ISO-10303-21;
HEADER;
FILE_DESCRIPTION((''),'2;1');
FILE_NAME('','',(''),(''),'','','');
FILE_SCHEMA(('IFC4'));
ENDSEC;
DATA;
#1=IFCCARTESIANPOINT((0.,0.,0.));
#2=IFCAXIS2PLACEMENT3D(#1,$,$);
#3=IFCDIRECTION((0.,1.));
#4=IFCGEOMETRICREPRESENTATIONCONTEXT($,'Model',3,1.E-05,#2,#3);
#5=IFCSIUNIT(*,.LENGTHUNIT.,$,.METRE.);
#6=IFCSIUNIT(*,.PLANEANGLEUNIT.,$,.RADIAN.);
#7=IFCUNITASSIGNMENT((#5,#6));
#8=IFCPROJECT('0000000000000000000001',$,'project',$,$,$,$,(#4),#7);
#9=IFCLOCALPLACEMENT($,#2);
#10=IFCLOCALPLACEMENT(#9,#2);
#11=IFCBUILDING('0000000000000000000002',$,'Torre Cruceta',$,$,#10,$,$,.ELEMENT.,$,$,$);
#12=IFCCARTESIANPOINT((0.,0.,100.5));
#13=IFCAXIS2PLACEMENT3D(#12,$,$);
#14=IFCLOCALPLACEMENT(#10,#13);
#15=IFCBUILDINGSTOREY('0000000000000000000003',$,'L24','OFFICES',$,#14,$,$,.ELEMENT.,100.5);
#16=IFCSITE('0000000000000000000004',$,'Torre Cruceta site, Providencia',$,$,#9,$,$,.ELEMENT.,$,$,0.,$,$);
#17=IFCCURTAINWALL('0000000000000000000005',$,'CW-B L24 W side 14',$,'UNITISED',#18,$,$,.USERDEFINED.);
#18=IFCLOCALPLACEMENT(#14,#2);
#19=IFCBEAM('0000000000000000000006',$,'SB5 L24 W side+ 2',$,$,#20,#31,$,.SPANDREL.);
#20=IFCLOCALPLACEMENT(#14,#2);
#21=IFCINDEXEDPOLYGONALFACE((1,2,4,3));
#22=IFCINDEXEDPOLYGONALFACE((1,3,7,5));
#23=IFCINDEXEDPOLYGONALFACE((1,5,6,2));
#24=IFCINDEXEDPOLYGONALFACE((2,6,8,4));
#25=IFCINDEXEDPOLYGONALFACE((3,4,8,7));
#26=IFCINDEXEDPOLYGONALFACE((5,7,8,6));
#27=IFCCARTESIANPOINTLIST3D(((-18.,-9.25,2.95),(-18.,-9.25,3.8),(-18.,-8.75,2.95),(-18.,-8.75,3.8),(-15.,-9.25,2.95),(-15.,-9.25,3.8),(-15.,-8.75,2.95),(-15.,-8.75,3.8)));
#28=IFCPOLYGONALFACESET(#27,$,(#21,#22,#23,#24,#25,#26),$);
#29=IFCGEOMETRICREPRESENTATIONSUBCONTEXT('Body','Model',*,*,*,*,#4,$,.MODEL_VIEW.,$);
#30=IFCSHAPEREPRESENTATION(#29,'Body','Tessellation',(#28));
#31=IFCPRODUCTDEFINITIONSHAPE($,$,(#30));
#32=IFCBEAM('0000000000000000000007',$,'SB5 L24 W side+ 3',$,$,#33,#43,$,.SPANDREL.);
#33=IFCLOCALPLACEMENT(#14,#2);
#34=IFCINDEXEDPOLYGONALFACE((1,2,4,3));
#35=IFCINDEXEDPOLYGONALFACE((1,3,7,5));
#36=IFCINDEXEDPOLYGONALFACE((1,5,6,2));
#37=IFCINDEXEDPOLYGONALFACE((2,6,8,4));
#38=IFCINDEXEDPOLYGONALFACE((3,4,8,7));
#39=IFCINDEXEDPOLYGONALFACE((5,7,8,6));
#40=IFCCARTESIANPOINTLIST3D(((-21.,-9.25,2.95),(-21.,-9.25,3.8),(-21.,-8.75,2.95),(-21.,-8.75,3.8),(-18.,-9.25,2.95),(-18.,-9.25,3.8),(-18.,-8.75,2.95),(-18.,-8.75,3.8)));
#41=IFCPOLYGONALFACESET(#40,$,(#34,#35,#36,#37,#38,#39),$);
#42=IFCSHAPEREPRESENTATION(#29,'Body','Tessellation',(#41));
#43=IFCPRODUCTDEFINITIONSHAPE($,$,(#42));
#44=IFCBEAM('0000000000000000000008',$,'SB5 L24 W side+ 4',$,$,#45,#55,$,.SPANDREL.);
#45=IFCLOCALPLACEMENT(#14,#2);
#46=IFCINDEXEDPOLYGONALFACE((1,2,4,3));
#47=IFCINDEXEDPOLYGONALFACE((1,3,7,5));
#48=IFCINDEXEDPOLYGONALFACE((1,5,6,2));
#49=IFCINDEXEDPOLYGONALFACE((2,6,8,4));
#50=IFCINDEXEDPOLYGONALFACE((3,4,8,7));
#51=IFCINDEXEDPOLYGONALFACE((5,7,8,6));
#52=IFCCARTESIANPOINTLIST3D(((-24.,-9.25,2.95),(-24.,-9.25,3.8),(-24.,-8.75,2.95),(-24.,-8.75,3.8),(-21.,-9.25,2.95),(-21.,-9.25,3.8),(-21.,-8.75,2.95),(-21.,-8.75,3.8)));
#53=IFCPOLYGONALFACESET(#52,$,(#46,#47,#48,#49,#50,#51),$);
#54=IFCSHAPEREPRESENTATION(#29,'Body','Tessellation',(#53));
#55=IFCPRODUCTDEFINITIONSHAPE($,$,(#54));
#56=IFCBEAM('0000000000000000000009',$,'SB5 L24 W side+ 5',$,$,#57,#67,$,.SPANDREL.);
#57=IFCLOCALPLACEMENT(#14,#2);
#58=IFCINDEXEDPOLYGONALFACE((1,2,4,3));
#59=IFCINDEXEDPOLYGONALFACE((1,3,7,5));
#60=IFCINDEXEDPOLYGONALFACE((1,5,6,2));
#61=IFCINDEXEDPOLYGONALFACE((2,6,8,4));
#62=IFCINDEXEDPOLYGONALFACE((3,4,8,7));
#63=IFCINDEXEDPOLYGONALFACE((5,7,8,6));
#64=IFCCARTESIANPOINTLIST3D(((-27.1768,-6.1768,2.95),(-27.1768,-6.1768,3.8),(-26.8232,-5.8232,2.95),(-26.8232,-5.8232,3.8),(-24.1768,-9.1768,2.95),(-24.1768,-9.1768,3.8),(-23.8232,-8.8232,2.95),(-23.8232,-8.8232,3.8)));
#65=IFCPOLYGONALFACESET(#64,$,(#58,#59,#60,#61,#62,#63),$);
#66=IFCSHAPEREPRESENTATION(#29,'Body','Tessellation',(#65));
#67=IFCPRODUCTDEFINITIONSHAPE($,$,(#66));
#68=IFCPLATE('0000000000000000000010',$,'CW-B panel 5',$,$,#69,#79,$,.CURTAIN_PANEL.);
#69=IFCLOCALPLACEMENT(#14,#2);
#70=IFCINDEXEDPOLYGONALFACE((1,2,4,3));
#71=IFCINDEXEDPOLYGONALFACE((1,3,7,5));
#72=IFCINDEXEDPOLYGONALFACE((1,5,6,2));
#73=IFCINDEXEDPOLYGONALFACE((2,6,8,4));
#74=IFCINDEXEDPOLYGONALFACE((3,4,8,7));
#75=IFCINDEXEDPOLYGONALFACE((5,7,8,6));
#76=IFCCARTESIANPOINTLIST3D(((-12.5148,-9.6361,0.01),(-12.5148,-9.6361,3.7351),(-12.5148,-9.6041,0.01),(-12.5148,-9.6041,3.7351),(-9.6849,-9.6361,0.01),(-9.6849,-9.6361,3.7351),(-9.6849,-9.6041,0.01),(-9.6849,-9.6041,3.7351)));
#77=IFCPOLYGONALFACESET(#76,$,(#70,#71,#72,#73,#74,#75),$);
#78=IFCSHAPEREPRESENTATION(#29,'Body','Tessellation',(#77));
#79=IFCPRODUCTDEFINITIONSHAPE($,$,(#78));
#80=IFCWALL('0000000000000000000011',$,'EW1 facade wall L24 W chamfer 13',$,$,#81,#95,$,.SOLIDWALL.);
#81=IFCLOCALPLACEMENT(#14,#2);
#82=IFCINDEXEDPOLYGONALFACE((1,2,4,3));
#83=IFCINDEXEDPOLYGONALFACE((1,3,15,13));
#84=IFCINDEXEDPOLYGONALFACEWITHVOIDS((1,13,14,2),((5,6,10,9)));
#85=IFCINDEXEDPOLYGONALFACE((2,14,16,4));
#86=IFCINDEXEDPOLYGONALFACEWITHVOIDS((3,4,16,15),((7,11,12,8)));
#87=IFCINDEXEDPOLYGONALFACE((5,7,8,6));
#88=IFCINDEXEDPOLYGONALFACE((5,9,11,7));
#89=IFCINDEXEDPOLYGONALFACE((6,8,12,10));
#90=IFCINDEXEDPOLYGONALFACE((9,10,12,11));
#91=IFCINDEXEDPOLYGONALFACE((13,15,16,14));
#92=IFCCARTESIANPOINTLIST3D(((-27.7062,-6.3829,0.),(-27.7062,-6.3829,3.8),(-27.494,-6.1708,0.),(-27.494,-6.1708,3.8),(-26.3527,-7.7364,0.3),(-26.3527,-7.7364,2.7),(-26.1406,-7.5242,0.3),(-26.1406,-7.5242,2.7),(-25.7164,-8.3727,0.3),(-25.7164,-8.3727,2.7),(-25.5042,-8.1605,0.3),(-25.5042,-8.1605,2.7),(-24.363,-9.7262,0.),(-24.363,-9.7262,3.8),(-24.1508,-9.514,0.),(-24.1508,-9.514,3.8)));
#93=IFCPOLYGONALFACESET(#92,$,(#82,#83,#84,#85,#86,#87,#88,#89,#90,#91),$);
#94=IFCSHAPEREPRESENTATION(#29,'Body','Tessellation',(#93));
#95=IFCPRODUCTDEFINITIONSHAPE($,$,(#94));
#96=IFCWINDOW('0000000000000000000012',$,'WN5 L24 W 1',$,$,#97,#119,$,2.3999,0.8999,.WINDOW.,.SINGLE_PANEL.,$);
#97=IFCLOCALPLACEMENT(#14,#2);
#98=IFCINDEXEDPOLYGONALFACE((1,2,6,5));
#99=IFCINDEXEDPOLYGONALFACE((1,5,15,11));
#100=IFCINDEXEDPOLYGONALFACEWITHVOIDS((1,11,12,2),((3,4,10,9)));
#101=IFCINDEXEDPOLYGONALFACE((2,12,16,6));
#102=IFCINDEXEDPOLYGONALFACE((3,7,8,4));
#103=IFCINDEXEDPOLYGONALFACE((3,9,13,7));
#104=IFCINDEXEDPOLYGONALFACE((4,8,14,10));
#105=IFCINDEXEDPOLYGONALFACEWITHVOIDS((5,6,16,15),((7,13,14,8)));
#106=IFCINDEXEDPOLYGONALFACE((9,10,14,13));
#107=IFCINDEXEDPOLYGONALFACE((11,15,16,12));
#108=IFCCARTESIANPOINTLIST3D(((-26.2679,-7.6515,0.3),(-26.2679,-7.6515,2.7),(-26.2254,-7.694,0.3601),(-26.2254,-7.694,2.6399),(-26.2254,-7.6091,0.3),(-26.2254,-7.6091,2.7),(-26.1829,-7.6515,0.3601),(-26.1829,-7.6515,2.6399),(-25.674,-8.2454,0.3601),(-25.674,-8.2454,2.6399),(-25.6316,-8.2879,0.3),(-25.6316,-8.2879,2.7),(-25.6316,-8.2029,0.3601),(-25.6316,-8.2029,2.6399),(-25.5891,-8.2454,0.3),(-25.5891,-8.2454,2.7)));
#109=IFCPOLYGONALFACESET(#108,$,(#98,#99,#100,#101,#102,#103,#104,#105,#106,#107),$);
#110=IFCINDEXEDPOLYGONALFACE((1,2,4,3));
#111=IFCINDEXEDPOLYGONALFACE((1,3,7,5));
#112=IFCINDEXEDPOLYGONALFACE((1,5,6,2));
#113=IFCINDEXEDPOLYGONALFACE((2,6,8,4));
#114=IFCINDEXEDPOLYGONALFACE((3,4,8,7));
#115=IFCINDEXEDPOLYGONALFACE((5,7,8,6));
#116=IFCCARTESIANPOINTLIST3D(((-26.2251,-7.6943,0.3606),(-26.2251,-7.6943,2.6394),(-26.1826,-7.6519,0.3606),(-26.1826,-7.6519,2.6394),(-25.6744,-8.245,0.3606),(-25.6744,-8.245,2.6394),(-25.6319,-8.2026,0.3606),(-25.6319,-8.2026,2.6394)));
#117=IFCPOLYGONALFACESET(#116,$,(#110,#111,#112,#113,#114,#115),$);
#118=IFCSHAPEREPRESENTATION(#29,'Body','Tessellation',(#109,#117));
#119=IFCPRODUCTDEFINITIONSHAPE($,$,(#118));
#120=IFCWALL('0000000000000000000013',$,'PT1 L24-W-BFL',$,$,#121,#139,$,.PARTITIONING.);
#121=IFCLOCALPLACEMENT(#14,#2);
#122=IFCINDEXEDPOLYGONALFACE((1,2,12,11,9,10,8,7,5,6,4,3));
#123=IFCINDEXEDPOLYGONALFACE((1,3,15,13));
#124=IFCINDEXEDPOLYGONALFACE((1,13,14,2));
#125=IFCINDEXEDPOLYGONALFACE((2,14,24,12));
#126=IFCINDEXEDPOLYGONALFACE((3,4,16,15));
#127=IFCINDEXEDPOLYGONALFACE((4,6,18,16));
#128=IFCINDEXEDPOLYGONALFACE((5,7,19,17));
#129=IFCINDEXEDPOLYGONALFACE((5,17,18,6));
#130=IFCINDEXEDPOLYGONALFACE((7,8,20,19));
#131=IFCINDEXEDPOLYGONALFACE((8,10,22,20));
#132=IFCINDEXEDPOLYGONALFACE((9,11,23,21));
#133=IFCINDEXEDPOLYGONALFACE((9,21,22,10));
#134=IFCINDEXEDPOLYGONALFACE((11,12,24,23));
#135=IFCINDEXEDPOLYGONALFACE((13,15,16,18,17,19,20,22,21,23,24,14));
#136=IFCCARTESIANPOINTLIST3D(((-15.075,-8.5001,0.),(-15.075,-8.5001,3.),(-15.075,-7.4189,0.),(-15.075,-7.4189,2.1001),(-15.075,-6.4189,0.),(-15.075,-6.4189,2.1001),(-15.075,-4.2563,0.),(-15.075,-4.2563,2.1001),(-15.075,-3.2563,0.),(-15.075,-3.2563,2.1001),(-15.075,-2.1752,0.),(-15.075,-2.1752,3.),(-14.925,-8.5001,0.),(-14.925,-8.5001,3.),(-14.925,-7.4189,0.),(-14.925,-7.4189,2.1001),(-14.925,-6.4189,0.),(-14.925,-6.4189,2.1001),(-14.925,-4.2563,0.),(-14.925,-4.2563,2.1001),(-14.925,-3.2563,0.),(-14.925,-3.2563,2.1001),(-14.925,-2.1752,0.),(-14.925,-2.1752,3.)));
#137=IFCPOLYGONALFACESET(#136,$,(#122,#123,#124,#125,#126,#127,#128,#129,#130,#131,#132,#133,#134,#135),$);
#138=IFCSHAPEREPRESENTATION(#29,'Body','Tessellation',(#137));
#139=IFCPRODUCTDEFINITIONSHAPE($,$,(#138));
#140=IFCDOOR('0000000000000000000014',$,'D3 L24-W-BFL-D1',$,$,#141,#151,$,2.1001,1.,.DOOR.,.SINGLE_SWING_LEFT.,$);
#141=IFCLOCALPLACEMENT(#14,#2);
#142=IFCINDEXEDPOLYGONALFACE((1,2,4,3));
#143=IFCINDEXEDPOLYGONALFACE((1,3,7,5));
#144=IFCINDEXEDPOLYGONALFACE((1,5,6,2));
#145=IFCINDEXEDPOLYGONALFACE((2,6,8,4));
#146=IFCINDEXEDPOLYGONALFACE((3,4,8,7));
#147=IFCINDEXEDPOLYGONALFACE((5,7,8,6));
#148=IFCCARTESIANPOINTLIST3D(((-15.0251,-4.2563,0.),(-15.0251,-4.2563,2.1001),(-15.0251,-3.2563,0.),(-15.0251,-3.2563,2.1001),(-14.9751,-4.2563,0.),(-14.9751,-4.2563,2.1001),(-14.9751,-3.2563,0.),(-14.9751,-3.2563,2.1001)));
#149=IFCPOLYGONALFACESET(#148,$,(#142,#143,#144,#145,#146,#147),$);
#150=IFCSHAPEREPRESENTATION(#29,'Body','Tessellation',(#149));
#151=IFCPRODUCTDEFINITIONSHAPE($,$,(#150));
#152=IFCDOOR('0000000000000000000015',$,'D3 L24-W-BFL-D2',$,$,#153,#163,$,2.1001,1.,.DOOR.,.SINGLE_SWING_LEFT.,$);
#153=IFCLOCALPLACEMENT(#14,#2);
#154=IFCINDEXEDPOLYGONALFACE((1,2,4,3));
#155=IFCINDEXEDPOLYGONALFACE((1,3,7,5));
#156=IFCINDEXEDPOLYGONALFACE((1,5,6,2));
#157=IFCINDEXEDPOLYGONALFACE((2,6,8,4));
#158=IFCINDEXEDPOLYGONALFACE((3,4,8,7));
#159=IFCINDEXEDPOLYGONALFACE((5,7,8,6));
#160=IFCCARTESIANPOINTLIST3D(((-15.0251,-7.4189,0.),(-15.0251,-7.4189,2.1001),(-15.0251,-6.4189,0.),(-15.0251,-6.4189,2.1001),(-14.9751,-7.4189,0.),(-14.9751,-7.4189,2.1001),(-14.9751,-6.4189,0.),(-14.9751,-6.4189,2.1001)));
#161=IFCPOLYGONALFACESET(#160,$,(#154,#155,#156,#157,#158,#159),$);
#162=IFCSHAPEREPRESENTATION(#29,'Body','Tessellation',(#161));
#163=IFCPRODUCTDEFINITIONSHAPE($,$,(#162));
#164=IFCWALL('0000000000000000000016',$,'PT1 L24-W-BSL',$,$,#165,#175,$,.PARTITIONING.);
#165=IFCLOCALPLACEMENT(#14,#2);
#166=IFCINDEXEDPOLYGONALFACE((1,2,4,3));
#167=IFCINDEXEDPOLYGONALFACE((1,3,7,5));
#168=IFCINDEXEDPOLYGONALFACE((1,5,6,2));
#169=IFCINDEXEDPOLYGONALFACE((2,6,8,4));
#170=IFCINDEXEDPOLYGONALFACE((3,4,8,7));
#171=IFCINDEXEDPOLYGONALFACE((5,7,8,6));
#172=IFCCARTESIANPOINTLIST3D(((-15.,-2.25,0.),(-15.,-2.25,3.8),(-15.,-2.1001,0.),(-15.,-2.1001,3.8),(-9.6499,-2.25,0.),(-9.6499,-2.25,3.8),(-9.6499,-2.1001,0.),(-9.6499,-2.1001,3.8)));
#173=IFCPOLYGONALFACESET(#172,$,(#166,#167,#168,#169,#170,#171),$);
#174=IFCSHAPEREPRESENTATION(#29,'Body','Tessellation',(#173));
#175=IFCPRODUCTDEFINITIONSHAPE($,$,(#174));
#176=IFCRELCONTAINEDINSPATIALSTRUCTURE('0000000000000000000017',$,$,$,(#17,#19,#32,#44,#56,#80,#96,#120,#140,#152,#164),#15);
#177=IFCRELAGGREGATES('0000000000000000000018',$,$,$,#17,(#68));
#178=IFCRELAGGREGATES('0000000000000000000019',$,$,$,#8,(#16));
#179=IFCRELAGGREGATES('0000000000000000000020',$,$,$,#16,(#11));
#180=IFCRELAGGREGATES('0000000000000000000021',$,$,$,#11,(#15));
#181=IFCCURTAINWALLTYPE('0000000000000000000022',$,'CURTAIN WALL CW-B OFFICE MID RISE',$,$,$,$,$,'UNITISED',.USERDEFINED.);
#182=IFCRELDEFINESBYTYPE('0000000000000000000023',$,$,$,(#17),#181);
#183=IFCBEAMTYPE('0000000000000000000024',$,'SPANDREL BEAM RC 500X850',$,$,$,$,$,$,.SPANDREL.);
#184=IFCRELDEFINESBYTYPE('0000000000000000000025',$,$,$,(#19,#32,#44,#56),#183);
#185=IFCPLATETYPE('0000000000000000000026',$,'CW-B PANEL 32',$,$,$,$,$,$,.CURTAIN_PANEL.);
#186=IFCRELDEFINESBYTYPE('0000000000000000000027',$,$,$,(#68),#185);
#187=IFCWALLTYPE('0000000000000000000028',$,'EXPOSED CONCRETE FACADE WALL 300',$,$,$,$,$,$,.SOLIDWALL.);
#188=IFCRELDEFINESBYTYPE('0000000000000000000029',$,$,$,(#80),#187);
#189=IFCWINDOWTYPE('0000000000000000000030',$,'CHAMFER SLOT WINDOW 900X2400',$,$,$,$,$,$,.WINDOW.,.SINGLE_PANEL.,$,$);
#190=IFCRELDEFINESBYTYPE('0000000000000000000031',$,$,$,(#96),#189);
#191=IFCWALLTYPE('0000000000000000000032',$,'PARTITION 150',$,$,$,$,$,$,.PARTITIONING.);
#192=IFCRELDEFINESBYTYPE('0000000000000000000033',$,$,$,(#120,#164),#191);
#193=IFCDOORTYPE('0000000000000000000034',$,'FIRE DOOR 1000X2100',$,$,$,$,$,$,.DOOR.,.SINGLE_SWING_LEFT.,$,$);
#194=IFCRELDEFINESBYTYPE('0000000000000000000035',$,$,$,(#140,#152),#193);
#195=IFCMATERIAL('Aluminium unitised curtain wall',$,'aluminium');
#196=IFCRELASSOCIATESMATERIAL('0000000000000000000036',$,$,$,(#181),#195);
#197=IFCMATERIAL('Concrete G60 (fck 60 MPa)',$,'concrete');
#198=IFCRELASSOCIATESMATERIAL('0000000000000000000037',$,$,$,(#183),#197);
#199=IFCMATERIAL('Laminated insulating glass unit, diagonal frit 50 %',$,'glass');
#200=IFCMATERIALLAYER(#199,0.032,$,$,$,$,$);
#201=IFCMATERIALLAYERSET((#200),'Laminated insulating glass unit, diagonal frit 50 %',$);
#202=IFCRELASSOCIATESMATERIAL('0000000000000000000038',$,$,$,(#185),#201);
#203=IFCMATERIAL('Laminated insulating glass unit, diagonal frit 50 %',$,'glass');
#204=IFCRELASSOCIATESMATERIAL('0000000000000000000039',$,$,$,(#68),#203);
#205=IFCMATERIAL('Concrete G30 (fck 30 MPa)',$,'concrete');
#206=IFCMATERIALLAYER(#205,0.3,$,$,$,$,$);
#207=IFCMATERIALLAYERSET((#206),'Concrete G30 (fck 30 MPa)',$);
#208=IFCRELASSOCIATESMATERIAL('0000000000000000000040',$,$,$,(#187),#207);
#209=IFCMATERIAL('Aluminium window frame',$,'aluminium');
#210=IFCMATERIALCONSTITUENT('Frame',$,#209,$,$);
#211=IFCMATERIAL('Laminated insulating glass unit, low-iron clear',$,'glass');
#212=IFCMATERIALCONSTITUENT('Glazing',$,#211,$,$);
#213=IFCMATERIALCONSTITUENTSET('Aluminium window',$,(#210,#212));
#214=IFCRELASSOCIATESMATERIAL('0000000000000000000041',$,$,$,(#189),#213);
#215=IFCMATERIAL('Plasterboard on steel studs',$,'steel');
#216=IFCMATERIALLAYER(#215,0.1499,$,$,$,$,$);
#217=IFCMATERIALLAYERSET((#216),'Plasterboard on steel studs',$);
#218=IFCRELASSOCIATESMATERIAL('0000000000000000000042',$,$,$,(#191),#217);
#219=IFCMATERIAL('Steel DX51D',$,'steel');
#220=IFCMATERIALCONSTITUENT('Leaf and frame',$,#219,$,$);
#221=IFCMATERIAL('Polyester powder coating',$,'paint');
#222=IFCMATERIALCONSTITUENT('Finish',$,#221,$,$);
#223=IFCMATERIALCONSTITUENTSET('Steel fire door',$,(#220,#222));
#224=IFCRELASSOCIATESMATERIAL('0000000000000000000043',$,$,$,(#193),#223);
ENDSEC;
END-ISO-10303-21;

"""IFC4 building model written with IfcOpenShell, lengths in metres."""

from ifc_helpers import new_model, si_unit, direction, frame, frame_2d, origin, origin_2d, place, context, subcontext, project, spatial, rectangle, hollow_rectangle, extrude, material, layer, layer_set, constituent, constituent_set, material_profile, profile_set, type_object, element, fill, aggregate, save


model = new_model("IFC4")

# Units and contexts
model_context = context("Model", 3, precision=1e-05, world=origin(), true_north=direction((0.0, 1.0)))
body_context = subcontext(model_context, "Body", "Model", "MODEL_VIEW")
ifc_project = project(units=[si_unit("LENGTHUNIT", "METRE"), si_unit("PLANEANGLEUNIT", "RADIAN")], contexts=[model_context])

# Site, building, storey
site_placement = place(None, origin())
site = spatial("IfcSite", under=ifc_project, at=site_placement, Name="Torre Cruceta site, Providencia", CompositionType="ELEMENT", RefElevation=0.0)
building_placement = place(site_placement, origin())
building = spatial("IfcBuilding", under=site, at=building_placement, Name="Torre Cruceta", CompositionType="ELEMENT")
storey_placement = place(building_placement, frame((0.0, 0.0, 100.5)))
storey = spatial("IfcBuildingStorey", under=building, at=storey_placement, Name="L24", Description="OFFICES", CompositionType="ELEMENT", Elevation=100.5)

# Curtain wall
ifc_material_1 = material(Name="Aluminium unitised curtain wall", Category="aluminium")
curtain_wall_type = type_object("IfcCurtainWallType", Name="CURTAIN WALL CW-B OFFICE MID RISE", ElementType="UNITISED", PredefinedType="USERDEFINED", material=ifc_material_1)
curtain_wall_placement = place(storey_placement, origin())
curtain_wall = element("IfcCurtainWall", 1, at=curtain_wall_placement, inside=storey, type_object=curtain_wall_type, Name="CW-B L24 W side 14", ObjectType="UNITISED", PredefinedType="USERDEFINED")

# Beams
ifc_material_2 = material(Name="Concrete G60 (fck 60 MPa)", Category="concrete")
ifc_material_profile_1 = material_profile(ifc_material_2, rectangle(XDim=0.5, YDim=0.8501, at=origin_2d()), Name="RC 500X850")
ifc_profile_set_1 = profile_set([ifc_material_profile_1], Name="Concrete G60 (fck 60 MPa)")
beam_type_1 = type_object("IfcBeamType", Name="SPANDREL BEAM RC 500X850", PredefinedType="SPANDREL", material=ifc_profile_set_1)
for number, where, z_axis, x_axis, name in (
    (2, (-15.0, -9.0, 3.375), (-1.0, 0.0, 0.0), (0.0, -1.0, 0.0), "SB5 L24 W side+ 2"),
    (3, (-18.0, -9.0, 3.375), (-1.0, 0.0, 0.0), (0.0, -1.0, 0.0), "SB5 L24 W side+ 3"),
    (4, (-21.0, -9.0, 3.375), (-1.0, 0.0, 0.0), (0.0, -1.0, 0.0), "SB5 L24 W side+ 4"),
):
    element("IfcBeam", number, at=place(storey_placement, frame(where, z_axis=z_axis, x_axis=x_axis)), inside=storey, type_object=beam_type_1, Name=name, PredefinedType="SPANDREL", context=body_context, shape_type="SweptSolid", body=[
        extrude(rectangle(XDim=0.5, YDim=0.8501, at=origin_2d()), origin(), (0.0, 0.0, 1.0), 3.0),
    ])
beam_1_placement = place(storey_placement, frame((-24.0, -9.0, 3.375), z_axis=(-0.707107, 0.707107, 0.0), x_axis=(-0.707107, -0.707107, 0.0)))
element("IfcBeam", 5, at=beam_1_placement, inside=storey, type_object=beam_type_1, Name="SB5 L24 W side+ 5", PredefinedType="SPANDREL", context=body_context, shape_type="SweptSolid", body=[
    extrude(rectangle(XDim=0.5, YDim=0.8501, at=origin_2d()), origin(), (0.0, 0.0, 1.0), 4.2427),
])

# Plate
ifc_material_3 = material(Name="Laminated insulating glass unit, diagonal frit 50 %", Category="glass")
ifc_material_4 = material(Name="Laminated insulating glass unit, diagonal frit 50 %", Category="glass")
ifc_layer_1 = layer(ifc_material_4, 0.032)
ifc_layer_set_1 = layer_set([ifc_layer_1], Name="Laminated insulating glass unit, diagonal frit 50 %")
plate_type = type_object("IfcPlateType", Name="CW-B PANEL 32", PredefinedType="CURTAIN_PANEL", material=ifc_layer_set_1)
plate_placement = place(storey_placement, frame((-11.0999, -9.6201, 0.01), z_axis=(0.0, 0.0, 1.0), x_axis=(1.0, 0.0, 0.0)))
plate = element("IfcPlate", 6, at=plate_placement, type_object=plate_type, material=ifc_material_3, Name="CW-B panel 5", PredefinedType="CURTAIN_PANEL", context=body_context, shape_type="SweptSolid", body=[
    extrude(rectangle(XDim=2.8298, YDim=0.032, at=origin_2d()), origin(), (0.0, 0.0, 1.0), 3.7251),
])
aggregate(curtain_wall, [plate])

# Wall, opening, window
ifc_material_5 = material(Name="Concrete G30 (fck 30 MPa)", Category="concrete")
ifc_layer_2 = layer(ifc_material_5, 0.3)
ifc_layer_set_2 = layer_set([ifc_layer_2], Name="Concrete G30 (fck 30 MPa)")
wall_type_1 = type_object("IfcWallType", Name="EXPOSED CONCRETE FACADE WALL 300", PredefinedType="SOLIDWALL", material=ifc_layer_set_2)
wall_1_placement = place(storey_placement, frame((-27.6001, -6.2769, 0.0), z_axis=(0.0, 0.0, 1.0), x_axis=(0.707107, -0.707107, 0.0)))
wall_1 = element("IfcWall", 7, at=wall_1_placement, inside=storey, type_object=wall_type_1, Name="EW1 facade wall L24 W chamfer 13", PredefinedType="SOLIDWALL", context=body_context, shape_type="SweptSolid", body=[
    extrude(rectangle(XDim=4.728, YDim=0.3, at=frame_2d((2.364, 0.0))), origin(), (0.0, 0.0, 1.0), 3.8),
])
opening_1_placement = place(wall_1_placement, frame((1.9141, 0.0, 0.3)))
opening_1 = element("IfcOpeningElement", 8, at=opening_1_placement, cuts=wall_1, PredefinedType="OPENING", context=body_context, shape_type="SweptSolid", body=[
    extrude(rectangle(XDim=0.8999, YDim=2.3999, at=frame_2d((0.45, 1.2))), frame((0.0, 0.1599, 0.0), z_axis=(0.0, -1.0, 0.0), x_axis=(1.0, 0.0, 0.0)), (0.0, 0.0, 1.0), 0.3201),
])
ifc_material_6 = material(Name="Aluminium window frame", Category="aluminium")
ifc_constituent_1 = constituent(ifc_material_6, Name="Frame")
ifc_material_7 = material(Name="Laminated insulating glass unit, low-iron clear", Category="glass")
ifc_constituent_2 = constituent(ifc_material_7, Name="Glazing")
ifc_constituent_set_1 = constituent_set(constituents=[ifc_constituent_1, ifc_constituent_2], Name="Aluminium window")
window_type = type_object("IfcWindowType", Name="CHAMFER SLOT WINDOW 900X2400", PartitioningType="SINGLE_PANEL", PredefinedType="WINDOW", material=ifc_constituent_set_1)
window_placement = place(opening_1_placement, origin())
window = element("IfcWindow", 9, at=window_placement, inside=storey, type_object=window_type, Name="WN5 L24 W 1", OverallHeight=2.3999, OverallWidth=0.8999, PartitioningType="SINGLE_PANEL", PredefinedType="WINDOW", context=body_context, shape_type="SweptSolid", body=[
    extrude(hollow_rectangle(XDim=0.8999, YDim=2.3999, WallThickness=0.0601, at=frame_2d((0.45, 1.2))), frame((0.0, 0.03, 0.0), z_axis=(0.0, -1.0, 0.0), x_axis=(1.0, 0.0, 0.0)), (0.0, 0.0, 1.0), 0.0601),
    extrude(rectangle(XDim=0.7788, YDim=2.2788, at=frame_2d((0.45, 1.2))), frame((0.0, 0.03, 0.0), z_axis=(0.0, -1.0, 0.0), x_axis=(1.0, 0.0, 0.0)), (0.0, 0.0, 1.0), 0.0601),
])
fill(opening_1, window)

# Wall, openings, doors
ifc_material_8 = material(Name="Plasterboard on steel studs", Category="steel")
ifc_layer_3 = layer(ifc_material_8, 0.1499)
ifc_layer_set_3 = layer_set([ifc_layer_3], Name="Plasterboard on steel studs")
wall_type_2 = type_object("IfcWallType", Name="PARTITION 150", PredefinedType="PARTITIONING", material=ifc_layer_set_3)
wall_2_placement = place(storey_placement, frame((-15.0, -2.175, 0.0), z_axis=(0.0, 0.0, 1.0), x_axis=(0.0, -1.0, 0.0)))
wall_2 = element("IfcWall", 10, at=wall_2_placement, inside=storey, type_object=wall_type_2, Name="PT1 L24-W-BFL", PredefinedType="PARTITIONING", context=body_context, shape_type="SweptSolid", body=[
    extrude(rectangle(XDim=6.325, YDim=0.1499, at=frame_2d((3.1626, 0.0))), origin(), (0.0, 0.0, 1.0), 3.0),
])
opening_2_placement = place(wall_2_placement, frame((1.0813, 0.0, 0.0)))
opening_2 = element("IfcOpeningElement", 11, at=opening_2_placement, cuts=wall_2, PredefinedType="OPENING", context=body_context, shape_type="SweptSolid", body=[
    extrude(rectangle(XDim=1.0, YDim=2.1001, at=frame_2d((0.5, 1.05))), frame((0.0, 0.085, 0.0), z_axis=(0.0, -1.0, 0.0), x_axis=(1.0, 0.0, 0.0)), (0.0, 0.0, 1.0), 0.1699),
])
opening_3_placement = place(wall_2_placement, frame((4.2439, 0.0, 0.0)))
opening_3 = element("IfcOpeningElement", 12, at=opening_3_placement, cuts=wall_2, PredefinedType="OPENING", context=body_context, shape_type="SweptSolid", body=[
    extrude(rectangle(XDim=1.0, YDim=2.1001, at=frame_2d((0.5, 1.05))), frame((0.0, 0.085, 0.0), z_axis=(0.0, -1.0, 0.0), x_axis=(1.0, 0.0, 0.0)), (0.0, 0.0, 1.0), 0.1699),
])
ifc_material_9 = material(Name="Steel DX51D", Category="steel")
ifc_constituent_3 = constituent(ifc_material_9, Name="Leaf and frame")
ifc_material_10 = material(Name="Polyester powder coating", Category="paint")
ifc_constituent_4 = constituent(ifc_material_10, Name="Finish")
ifc_constituent_set_2 = constituent_set(constituents=[ifc_constituent_3, ifc_constituent_4], Name="Steel fire door")
door_type = type_object("IfcDoorType", Name="FIRE DOOR 1000X2100", OperationType="SINGLE_SWING_LEFT", PredefinedType="DOOR", material=ifc_constituent_set_2)
door_1_placement = place(opening_2_placement, origin())
door_1 = element("IfcDoor", 13, at=door_1_placement, inside=storey, type_object=door_type, Name="D3 L24-W-BFL-D1", OperationType="SINGLE_SWING_LEFT", OverallHeight=2.1001, OverallWidth=1.0, PredefinedType="DOOR", context=body_context, shape_type="SweptSolid", body=[
    extrude(rectangle(XDim=1.0, YDim=2.1001, at=frame_2d((0.5, 1.05))), frame((0.0, 0.0249, 0.0), z_axis=(0.0, -1.0, 0.0), x_axis=(1.0, 0.0, 0.0)), (0.0, 0.0, 1.0), 0.05),
])
fill(opening_2, door_1)
door_2_placement = place(opening_3_placement, origin())
door_2 = element("IfcDoor", 14, at=door_2_placement, inside=storey, type_object=door_type, Name="D3 L24-W-BFL-D2", OperationType="SINGLE_SWING_LEFT", OverallHeight=2.1001, OverallWidth=1.0, PredefinedType="DOOR", context=body_context, shape_type="SweptSolid", body=[
    extrude(rectangle(XDim=1.0, YDim=2.1001, at=frame_2d((0.5, 1.05))), frame((0.0, 0.0249, 0.0), z_axis=(0.0, -1.0, 0.0), x_axis=(1.0, 0.0, 0.0)), (0.0, 0.0, 1.0), 0.05),
])
fill(opening_3, door_2)

# Wall
wall_3_placement = place(storey_placement, frame((-9.6499, -2.175, 0.0), z_axis=(0.0, 0.0, 1.0), x_axis=(-1.0, 0.0, 0.0)))
element("IfcWall", 15, at=wall_3_placement, inside=storey, type_object=wall_type_2, Name="PT1 L24-W-BSL", PredefinedType="PARTITIONING", context=body_context, shape_type="SweptSolid", body=[
    extrude(rectangle(XDim=5.3501, YDim=0.1499, at=frame_2d((2.675, 0.0))), origin(), (0.0, 0.0, 1.0), 3.8),
])

save(model, "model.ifc")
